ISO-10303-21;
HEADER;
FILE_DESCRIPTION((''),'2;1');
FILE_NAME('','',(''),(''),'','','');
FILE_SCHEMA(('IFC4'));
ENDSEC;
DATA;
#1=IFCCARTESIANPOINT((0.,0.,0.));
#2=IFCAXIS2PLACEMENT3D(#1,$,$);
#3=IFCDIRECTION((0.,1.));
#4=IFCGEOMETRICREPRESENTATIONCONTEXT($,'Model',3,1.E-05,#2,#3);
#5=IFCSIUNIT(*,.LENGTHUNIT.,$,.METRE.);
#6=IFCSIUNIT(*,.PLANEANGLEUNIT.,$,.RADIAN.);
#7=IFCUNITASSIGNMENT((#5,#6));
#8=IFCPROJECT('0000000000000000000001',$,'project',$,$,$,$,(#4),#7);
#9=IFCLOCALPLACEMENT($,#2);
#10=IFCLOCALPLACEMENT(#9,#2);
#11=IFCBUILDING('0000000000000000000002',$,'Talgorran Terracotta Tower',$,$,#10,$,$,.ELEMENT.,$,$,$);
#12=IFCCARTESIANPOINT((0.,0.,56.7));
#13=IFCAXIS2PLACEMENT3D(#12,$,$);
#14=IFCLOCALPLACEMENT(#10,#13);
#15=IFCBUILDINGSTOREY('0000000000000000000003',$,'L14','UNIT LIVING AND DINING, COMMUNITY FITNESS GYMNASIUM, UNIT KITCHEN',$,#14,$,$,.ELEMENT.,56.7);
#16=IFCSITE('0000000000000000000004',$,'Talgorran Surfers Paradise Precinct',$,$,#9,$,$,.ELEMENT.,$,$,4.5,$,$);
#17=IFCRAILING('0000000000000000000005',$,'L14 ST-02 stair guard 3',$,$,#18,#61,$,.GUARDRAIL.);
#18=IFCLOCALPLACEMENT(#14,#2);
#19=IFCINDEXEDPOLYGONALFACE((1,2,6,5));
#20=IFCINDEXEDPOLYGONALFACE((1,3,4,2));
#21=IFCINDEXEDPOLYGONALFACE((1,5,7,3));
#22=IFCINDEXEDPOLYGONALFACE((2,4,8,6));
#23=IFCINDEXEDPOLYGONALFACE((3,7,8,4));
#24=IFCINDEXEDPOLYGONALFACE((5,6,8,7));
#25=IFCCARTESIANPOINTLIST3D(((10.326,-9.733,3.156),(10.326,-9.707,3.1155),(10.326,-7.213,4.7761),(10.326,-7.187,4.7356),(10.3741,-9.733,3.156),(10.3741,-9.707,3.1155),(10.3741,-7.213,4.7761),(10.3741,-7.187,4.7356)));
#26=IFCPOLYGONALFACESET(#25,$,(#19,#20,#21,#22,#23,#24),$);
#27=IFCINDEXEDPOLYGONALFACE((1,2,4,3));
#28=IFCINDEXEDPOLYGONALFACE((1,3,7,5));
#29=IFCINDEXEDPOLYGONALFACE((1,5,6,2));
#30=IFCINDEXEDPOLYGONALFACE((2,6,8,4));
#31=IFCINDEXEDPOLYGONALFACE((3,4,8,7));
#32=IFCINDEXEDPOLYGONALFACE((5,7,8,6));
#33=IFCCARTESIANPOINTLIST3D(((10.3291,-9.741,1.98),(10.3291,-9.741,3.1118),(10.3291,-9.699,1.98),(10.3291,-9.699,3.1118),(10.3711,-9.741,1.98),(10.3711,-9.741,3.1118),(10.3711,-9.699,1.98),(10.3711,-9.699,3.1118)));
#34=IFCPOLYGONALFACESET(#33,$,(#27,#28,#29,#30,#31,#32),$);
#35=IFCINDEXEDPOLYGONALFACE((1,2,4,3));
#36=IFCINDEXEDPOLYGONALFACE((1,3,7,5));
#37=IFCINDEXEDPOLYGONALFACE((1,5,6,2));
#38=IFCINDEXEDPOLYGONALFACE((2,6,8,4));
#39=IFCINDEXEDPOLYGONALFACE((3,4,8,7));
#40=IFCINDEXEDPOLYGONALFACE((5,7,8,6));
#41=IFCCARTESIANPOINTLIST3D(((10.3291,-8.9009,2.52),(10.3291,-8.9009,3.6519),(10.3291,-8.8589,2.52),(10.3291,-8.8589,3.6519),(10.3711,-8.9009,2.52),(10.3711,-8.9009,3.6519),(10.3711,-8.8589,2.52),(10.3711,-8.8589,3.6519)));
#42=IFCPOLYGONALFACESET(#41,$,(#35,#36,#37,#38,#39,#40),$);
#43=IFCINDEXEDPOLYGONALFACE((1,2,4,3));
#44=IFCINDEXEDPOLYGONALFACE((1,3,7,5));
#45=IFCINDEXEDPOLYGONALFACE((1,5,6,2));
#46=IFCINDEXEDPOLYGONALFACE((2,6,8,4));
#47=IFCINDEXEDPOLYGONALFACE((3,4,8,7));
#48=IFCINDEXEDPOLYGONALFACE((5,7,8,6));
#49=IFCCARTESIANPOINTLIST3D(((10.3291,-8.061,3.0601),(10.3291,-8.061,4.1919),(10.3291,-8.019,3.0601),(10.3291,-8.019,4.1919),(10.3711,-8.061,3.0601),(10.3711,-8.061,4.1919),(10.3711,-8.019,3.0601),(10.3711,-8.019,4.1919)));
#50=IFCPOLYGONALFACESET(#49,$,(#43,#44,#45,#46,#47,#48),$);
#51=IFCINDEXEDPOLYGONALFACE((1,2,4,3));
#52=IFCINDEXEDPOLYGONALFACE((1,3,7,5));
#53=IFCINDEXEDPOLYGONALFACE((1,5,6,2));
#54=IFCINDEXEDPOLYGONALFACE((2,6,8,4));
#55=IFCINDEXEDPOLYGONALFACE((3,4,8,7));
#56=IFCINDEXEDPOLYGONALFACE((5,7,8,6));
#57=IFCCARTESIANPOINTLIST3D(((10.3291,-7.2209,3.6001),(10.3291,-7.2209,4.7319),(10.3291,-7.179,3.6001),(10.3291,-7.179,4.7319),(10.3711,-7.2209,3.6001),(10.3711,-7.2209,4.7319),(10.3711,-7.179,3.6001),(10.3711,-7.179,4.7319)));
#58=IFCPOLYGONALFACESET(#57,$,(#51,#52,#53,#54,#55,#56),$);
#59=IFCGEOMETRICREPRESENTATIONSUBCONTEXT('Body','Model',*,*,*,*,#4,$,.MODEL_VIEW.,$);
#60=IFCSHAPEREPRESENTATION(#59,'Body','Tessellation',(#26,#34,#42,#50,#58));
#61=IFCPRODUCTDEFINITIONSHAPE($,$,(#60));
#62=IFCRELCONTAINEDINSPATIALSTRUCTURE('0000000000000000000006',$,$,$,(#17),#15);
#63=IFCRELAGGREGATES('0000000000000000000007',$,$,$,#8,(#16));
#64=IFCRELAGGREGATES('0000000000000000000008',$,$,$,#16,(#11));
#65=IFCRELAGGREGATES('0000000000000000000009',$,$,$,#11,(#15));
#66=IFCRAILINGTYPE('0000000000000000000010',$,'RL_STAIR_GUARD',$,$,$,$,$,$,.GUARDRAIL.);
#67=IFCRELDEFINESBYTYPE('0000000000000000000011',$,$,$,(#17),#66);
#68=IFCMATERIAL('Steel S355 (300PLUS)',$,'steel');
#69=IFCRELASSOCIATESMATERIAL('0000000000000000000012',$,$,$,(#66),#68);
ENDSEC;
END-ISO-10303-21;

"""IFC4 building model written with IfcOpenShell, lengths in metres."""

from ifc_helpers import new_model, si_unit, direction, frame, origin, origin_2d, place, context, subcontext, project, spatial, rectangle, extrude, material, type_object, element, save


model = new_model("IFC4")

# Units and contexts
model_context = context("Model", 3, precision=1e-05, world=origin(), true_north=direction((0.0, 1.0)))
body_context = subcontext(model_context, "Body", "Model", "MODEL_VIEW")
ifc_project = project(units=[si_unit("LENGTHUNIT", "METRE"), si_unit("PLANEANGLEUNIT", "RADIAN")], contexts=[model_context])

# Site, building, storey
site_placement = place(None, origin())
site = spatial("IfcSite", under=ifc_project, at=site_placement, Name="Talgorran Surfers Paradise Precinct", CompositionType="ELEMENT", RefElevation=4.5)
building_placement = place(site_placement, origin())
building = spatial("IfcBuilding", under=site, at=building_placement, Name="Talgorran Terracotta Tower", CompositionType="ELEMENT")
storey_placement = place(building_placement, frame((0.0, 0.0, 56.7)))
storey = spatial("IfcBuildingStorey", under=building, at=storey_placement, Name="L14", Description="UNIT LIVING AND DINING, COMMUNITY FITNESS GYMNASIUM, UNIT KITCHEN", CompositionType="ELEMENT", Elevation=56.7)

# Shared definitions
ifc_material_1 = material(Name="Steel S355 (300PLUS)", Category="steel")

# Railing
railing_type_1 = type_object("IfcRailingType", Name="RL_STAIR_GUARD", PredefinedType="GUARDRAIL", material=ifc_material_1)
railing_1_placement = place(storey_placement, frame((10.3501, -9.72, 1.98)))
element("IfcRailing", 1, at=railing_1_placement, inside=storey, type_object=railing_type_1, Name="L14 ST-02 stair guard 3", PredefinedType="GUARDRAIL", context=body_context, shape_type="SweptSolid", body=[
    extrude(rectangle(XDim=0.0481, YDim=0.0481, at=origin_2d()), frame((0.0, 0.0, 1.1558), z_axis=(0.0, 0.841163, 0.540782), x_axis=(-1.0, 0.0, 0.0)), (0.0, 0.0, 1.0), 2.9958),
    extrude(rectangle(XDim=0.042, YDim=0.042, at=origin_2d()), origin(), (0.0, 0.0, 1.0), 1.1318),
    extrude(rectangle(XDim=0.042, YDim=0.042, at=origin_2d()), frame((0.0, 0.8401, 0.54)), (0.0, 0.0, 1.0), 1.1318),
    extrude(rectangle(XDim=0.042, YDim=0.042, at=origin_2d()), frame((0.0, 1.6799, 1.0801)), (0.0, 0.0, 1.0), 1.1318),
    extrude(rectangle(XDim=0.042, YDim=0.042, at=origin_2d()), frame((0.0, 2.52, 1.6201)), (0.0, 0.0, 1.0), 1.1318),
])

save(model, "model.ifc")
